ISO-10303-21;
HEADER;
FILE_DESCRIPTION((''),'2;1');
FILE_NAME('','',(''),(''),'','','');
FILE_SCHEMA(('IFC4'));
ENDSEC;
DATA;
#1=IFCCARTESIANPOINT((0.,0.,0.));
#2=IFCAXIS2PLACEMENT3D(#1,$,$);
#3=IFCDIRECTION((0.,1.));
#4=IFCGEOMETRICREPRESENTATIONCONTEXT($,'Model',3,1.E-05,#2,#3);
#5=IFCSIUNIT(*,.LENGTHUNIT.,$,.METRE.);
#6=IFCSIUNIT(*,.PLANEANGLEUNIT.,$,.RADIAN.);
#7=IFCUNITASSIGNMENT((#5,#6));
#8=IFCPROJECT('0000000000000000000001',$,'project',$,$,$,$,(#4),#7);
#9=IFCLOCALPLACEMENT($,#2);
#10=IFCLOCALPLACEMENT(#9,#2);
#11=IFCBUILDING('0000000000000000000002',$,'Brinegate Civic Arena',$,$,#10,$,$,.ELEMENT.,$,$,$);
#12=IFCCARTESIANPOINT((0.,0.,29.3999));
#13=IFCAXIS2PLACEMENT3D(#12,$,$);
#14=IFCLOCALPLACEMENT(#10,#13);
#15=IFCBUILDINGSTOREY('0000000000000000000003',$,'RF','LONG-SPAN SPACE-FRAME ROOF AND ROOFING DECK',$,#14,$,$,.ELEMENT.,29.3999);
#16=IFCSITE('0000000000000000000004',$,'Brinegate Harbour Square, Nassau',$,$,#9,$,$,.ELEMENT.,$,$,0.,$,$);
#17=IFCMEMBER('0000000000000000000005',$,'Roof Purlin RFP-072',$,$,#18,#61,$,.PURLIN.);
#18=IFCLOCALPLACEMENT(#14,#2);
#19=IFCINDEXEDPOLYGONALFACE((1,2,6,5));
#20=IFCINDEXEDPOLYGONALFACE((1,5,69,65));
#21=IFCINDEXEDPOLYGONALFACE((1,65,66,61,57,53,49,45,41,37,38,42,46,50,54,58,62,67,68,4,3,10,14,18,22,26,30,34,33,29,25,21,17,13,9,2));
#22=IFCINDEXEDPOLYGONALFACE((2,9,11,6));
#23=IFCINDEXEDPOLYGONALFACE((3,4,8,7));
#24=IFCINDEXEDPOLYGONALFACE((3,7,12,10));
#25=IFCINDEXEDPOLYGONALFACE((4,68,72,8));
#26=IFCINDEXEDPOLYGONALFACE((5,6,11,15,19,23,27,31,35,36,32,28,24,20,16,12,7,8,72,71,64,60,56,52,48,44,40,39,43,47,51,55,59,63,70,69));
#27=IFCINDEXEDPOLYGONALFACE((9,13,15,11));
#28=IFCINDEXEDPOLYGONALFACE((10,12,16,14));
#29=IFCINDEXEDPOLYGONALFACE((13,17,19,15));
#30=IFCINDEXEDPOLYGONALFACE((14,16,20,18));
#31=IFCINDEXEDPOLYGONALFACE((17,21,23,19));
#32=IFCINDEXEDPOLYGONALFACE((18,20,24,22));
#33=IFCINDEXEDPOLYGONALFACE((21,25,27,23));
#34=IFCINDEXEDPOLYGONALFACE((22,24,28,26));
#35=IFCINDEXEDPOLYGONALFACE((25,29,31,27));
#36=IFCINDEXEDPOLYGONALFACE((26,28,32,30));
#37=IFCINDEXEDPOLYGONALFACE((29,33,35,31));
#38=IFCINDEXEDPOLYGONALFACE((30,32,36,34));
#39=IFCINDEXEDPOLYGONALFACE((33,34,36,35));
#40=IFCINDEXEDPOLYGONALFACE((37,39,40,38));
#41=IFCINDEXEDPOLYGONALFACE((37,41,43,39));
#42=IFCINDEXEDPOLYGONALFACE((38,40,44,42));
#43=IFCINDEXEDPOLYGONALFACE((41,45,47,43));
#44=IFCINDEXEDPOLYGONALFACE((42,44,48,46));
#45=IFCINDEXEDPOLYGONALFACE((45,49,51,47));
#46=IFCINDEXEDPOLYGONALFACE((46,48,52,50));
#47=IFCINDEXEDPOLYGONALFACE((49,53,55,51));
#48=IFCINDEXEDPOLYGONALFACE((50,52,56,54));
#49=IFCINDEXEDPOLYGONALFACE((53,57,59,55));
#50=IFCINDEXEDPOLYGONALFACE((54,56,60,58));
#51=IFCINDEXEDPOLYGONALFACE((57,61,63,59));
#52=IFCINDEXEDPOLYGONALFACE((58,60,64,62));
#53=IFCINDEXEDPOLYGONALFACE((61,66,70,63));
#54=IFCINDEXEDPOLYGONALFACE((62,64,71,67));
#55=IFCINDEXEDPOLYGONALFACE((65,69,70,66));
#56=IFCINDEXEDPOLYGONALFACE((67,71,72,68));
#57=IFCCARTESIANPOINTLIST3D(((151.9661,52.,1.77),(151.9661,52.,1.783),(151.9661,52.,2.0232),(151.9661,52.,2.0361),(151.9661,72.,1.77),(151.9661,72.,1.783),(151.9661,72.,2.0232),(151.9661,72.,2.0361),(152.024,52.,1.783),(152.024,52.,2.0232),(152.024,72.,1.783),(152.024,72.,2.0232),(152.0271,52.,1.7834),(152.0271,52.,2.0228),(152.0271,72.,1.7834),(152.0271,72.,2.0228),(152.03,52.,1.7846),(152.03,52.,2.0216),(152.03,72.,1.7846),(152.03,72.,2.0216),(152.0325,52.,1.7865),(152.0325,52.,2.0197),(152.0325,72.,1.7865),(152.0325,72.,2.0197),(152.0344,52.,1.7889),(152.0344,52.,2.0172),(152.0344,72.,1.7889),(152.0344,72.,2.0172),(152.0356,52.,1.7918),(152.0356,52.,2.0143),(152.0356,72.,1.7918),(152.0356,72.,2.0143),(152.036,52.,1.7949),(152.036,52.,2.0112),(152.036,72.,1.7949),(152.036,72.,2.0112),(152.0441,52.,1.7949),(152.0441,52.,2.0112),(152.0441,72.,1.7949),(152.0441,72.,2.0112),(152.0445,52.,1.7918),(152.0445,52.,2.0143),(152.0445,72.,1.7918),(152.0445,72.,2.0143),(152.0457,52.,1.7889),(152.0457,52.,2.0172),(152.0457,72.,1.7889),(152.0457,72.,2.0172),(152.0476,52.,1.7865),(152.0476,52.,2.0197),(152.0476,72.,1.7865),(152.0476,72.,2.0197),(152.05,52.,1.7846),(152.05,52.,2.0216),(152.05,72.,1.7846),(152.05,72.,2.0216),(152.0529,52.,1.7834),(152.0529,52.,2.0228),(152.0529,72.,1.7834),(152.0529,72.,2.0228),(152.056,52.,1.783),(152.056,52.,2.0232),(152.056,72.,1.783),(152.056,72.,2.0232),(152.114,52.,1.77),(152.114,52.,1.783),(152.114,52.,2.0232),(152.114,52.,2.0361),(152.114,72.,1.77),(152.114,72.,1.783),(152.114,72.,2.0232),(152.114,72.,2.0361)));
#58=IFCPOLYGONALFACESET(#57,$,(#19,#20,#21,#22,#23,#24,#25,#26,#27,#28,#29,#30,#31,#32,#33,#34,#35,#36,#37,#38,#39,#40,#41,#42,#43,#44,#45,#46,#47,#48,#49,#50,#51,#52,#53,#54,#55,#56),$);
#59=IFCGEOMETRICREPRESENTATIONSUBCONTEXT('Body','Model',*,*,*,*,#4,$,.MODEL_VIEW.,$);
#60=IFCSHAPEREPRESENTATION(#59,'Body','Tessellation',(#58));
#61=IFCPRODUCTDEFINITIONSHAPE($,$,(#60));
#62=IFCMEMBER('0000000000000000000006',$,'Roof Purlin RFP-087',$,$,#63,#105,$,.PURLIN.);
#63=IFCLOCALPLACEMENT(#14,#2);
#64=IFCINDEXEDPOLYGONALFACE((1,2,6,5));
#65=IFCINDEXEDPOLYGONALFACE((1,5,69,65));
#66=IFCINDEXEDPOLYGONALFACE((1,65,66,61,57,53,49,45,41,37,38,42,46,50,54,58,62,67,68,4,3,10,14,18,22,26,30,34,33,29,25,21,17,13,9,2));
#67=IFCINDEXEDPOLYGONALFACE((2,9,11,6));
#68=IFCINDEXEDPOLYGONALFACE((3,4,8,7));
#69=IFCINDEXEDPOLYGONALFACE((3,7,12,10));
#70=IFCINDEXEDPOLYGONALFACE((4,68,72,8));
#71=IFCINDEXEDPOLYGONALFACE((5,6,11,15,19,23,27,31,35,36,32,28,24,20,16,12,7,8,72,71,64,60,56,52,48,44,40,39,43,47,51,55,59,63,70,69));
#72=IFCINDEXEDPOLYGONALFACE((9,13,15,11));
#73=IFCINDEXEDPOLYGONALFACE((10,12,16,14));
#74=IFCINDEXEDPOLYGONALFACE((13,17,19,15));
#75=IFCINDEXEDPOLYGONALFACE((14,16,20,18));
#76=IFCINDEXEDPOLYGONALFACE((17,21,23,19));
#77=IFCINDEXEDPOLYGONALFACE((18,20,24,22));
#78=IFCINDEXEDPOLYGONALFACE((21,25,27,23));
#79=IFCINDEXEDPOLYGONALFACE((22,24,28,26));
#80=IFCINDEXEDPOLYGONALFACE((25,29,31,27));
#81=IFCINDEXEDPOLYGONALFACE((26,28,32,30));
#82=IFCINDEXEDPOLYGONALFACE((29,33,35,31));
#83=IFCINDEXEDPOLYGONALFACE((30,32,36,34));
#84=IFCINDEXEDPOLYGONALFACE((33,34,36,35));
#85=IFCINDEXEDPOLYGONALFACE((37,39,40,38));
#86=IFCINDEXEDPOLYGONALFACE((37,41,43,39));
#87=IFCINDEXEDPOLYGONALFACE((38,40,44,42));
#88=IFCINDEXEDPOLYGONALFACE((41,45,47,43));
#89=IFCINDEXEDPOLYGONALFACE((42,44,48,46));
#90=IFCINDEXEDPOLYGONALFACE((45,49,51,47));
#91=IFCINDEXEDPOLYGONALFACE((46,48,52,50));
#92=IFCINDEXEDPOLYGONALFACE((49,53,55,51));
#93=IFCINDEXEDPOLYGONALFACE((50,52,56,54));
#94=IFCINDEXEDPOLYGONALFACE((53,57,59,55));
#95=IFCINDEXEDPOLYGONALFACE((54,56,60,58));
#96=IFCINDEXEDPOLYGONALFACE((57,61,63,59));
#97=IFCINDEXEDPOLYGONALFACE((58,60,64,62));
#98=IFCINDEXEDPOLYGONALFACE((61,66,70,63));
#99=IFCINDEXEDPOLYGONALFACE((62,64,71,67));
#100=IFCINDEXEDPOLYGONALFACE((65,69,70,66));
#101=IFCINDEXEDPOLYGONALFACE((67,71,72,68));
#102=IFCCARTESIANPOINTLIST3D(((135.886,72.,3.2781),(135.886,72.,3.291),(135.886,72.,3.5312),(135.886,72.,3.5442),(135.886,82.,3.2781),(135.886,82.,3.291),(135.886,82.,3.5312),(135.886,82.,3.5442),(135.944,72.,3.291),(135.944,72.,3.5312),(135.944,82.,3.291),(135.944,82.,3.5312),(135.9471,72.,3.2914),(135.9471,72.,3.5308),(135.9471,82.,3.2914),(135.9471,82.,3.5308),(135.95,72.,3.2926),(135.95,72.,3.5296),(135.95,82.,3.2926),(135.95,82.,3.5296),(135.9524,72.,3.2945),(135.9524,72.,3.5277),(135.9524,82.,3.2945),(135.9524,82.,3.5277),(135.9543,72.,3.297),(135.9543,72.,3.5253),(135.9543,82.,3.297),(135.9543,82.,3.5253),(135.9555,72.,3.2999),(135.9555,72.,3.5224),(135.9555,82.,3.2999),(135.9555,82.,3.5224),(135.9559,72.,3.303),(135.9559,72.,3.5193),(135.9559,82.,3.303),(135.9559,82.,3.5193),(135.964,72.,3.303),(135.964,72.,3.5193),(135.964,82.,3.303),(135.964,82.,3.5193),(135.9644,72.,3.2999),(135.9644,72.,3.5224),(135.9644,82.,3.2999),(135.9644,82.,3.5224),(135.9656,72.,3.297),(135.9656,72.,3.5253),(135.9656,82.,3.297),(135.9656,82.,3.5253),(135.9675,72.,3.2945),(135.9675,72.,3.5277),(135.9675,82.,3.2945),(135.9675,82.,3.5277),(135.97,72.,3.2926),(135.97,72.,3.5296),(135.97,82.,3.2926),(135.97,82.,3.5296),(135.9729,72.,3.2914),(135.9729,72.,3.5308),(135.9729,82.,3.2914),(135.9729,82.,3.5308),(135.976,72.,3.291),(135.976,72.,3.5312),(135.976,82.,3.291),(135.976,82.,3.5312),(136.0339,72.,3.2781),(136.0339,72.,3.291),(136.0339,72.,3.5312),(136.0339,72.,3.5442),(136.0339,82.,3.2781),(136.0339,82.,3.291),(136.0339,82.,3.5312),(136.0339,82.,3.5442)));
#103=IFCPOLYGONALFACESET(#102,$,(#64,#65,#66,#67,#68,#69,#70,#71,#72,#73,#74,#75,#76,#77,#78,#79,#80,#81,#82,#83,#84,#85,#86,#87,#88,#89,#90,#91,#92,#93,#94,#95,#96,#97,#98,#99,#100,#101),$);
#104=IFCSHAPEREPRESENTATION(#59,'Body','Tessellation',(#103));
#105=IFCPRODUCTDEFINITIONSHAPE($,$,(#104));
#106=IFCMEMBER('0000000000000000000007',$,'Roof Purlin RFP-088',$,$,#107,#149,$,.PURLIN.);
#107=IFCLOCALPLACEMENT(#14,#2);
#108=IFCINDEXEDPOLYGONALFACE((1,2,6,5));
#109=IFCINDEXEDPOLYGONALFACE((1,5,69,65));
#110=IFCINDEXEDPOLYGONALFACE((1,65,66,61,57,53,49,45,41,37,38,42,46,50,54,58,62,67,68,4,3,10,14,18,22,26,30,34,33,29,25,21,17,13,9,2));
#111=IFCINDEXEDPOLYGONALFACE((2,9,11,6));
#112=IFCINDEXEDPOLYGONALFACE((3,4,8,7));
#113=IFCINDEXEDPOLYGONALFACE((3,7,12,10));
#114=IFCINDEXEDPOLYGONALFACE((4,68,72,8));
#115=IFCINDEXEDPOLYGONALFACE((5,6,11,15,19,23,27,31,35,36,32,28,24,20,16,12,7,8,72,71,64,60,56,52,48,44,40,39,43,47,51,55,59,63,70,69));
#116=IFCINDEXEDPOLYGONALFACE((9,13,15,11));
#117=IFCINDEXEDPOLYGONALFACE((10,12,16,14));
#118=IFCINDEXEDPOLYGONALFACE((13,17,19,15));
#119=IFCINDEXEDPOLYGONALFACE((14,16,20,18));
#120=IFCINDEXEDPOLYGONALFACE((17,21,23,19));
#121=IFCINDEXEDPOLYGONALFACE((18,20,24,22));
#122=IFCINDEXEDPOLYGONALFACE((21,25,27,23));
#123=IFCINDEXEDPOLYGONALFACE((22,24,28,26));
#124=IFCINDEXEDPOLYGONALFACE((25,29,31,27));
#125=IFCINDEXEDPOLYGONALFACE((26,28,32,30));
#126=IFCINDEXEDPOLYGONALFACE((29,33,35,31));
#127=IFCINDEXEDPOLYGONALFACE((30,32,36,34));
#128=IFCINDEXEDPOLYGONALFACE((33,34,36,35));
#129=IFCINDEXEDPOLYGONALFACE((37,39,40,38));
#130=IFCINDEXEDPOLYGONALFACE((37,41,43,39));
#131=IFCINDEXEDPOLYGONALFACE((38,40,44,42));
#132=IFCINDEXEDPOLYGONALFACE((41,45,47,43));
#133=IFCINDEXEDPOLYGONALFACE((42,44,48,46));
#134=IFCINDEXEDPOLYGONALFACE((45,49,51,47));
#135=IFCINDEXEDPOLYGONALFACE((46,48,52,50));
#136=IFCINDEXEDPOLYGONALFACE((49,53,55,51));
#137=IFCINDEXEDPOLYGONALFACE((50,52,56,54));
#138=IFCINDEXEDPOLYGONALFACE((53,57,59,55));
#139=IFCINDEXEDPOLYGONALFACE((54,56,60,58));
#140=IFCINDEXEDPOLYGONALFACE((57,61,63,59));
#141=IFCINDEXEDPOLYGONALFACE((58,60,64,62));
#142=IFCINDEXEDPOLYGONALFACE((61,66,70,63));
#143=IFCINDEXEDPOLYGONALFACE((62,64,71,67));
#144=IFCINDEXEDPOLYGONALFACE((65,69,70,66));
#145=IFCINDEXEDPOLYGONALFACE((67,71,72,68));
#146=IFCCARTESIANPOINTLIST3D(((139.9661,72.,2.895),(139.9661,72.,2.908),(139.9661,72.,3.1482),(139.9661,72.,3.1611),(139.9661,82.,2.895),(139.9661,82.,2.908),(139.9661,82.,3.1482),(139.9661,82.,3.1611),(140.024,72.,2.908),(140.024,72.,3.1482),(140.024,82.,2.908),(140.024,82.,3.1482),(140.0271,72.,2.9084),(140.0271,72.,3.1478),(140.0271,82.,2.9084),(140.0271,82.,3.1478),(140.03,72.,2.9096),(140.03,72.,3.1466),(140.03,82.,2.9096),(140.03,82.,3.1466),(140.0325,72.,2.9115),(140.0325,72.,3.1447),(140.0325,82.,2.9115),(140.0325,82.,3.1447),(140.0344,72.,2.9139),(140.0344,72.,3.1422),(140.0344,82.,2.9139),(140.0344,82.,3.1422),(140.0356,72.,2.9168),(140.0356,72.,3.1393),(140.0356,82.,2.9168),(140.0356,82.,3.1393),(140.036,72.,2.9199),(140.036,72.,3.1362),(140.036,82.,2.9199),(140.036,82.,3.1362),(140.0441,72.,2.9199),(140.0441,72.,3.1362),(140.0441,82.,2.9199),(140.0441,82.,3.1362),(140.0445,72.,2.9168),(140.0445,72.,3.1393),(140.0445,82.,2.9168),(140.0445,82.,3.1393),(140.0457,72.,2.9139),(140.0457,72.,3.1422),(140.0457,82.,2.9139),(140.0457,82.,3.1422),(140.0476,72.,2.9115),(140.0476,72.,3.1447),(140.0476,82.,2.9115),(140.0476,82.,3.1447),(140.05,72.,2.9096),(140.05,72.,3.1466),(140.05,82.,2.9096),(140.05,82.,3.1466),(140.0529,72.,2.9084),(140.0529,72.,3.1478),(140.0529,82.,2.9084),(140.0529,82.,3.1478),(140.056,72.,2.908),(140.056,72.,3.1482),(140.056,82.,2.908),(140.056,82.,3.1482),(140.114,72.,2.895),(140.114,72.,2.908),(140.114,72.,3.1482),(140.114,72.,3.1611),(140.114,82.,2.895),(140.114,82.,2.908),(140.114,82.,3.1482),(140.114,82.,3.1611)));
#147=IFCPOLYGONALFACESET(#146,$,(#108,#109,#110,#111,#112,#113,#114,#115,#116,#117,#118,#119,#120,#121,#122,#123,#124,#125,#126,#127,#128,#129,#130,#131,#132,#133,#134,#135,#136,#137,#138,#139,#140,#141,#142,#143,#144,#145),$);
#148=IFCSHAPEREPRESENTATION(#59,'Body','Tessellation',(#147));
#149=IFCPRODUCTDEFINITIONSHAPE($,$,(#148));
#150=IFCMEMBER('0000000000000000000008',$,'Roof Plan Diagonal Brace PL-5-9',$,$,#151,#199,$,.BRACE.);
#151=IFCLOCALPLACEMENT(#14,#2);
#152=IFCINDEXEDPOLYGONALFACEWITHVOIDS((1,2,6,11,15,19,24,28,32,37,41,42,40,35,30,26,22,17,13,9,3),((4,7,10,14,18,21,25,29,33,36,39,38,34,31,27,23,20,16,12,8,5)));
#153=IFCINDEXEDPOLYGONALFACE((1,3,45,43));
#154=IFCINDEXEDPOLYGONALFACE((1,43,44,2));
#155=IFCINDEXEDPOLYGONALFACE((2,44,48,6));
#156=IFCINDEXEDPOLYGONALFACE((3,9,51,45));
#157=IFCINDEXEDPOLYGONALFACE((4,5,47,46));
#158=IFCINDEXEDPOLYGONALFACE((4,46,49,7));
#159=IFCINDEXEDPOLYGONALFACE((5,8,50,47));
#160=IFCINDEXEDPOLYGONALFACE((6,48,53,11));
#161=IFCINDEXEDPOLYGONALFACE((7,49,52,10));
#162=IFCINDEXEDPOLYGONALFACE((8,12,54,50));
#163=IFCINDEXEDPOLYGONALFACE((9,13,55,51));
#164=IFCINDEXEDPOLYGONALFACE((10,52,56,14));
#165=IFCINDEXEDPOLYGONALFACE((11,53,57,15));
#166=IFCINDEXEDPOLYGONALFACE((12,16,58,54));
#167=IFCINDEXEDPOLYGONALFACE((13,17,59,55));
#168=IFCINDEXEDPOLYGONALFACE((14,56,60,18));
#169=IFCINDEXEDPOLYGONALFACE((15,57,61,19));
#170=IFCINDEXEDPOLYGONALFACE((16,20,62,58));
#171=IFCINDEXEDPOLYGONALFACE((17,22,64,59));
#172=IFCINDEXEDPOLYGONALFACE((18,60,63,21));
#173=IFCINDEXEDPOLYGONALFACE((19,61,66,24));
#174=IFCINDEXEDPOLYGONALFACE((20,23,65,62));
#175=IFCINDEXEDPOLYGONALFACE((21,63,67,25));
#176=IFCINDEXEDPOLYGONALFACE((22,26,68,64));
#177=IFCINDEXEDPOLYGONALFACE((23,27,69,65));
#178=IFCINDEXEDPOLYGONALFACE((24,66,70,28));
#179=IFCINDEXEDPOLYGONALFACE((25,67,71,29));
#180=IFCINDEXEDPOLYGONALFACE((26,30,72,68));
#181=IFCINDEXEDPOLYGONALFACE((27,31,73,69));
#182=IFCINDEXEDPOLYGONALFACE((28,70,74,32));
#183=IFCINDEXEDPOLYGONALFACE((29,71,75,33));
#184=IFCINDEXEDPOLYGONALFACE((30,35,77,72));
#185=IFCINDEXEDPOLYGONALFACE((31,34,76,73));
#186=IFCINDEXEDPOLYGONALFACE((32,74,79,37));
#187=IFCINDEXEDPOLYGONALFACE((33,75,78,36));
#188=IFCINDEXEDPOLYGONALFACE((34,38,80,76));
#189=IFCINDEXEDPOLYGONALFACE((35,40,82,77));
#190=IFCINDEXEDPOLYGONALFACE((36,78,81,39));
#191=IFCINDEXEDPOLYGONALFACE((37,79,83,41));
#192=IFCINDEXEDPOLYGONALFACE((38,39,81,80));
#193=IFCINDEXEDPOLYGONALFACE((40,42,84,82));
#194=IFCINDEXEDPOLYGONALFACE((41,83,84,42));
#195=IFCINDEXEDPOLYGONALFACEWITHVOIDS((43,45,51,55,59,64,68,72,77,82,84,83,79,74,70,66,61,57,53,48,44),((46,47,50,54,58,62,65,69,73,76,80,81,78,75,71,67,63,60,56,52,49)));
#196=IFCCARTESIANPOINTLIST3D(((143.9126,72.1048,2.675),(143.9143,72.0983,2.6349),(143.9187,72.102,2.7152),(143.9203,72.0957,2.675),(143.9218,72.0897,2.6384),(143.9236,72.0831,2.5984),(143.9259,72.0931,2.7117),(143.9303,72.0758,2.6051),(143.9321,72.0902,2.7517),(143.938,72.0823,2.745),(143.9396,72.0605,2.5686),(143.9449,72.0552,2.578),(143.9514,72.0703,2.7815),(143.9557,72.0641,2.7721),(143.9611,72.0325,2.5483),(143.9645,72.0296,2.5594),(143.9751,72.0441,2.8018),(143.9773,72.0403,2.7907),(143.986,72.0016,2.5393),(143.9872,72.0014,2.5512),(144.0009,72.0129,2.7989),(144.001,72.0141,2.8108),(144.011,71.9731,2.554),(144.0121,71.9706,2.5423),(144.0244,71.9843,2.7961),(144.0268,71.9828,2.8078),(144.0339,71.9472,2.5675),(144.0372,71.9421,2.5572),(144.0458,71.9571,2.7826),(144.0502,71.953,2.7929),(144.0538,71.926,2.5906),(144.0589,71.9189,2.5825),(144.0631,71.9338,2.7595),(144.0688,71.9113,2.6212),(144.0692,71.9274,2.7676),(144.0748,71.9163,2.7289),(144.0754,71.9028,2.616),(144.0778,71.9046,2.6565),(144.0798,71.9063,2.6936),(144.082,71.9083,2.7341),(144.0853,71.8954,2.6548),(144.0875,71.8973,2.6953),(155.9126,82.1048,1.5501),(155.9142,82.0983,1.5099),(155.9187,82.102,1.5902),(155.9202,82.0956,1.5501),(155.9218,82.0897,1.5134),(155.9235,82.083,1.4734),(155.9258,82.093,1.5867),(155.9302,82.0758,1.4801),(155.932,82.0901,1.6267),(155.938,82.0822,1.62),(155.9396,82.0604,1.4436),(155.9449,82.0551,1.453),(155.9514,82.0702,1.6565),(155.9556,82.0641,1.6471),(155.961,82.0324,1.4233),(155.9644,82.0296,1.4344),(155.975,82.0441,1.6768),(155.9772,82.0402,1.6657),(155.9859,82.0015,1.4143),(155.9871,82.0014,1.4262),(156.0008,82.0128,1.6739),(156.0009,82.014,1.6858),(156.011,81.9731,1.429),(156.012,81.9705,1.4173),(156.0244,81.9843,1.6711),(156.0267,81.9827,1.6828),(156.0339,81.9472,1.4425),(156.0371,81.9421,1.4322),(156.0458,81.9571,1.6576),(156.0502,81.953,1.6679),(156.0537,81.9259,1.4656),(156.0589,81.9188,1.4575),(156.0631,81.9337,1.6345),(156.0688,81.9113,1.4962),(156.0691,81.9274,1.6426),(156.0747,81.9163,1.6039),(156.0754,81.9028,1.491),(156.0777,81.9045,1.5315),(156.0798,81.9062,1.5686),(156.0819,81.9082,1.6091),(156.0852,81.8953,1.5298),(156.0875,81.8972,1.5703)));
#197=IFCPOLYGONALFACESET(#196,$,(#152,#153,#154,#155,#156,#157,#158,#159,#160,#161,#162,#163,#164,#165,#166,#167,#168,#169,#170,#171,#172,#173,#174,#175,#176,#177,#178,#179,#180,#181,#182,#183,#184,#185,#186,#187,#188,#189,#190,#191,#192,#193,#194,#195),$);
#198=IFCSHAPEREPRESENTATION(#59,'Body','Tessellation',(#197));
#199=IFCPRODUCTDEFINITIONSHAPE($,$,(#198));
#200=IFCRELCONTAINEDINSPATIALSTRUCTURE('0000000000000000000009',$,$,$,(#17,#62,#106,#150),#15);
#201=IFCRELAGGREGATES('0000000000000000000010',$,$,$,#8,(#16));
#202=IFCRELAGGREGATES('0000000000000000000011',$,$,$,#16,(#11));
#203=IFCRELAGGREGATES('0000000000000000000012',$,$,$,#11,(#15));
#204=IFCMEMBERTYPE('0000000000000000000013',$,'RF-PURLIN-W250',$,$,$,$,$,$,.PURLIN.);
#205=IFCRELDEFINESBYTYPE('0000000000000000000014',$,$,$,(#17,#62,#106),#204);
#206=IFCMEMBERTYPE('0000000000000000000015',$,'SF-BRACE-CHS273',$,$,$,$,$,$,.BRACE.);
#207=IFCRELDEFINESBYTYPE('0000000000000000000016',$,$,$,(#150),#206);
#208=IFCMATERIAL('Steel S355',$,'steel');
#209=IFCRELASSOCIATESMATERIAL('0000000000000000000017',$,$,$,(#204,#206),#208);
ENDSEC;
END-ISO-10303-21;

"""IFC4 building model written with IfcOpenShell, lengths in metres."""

from ifc_helpers import new_model, si_unit, direction, frame, origin, origin_2d, place, context, subcontext, project, spatial, hollow_circle, i_section, extrude, material, material_profile, profile_set, type_object, element, save


model = new_model("IFC4")

# Units and contexts
model_context = context("Model", 3, precision=1e-05, world=origin(), true_north=direction((0.0, 1.0)))
body_context = subcontext(model_context, "Body", "Model", "MODEL_VIEW")
ifc_project = project(units=[si_unit("LENGTHUNIT", "METRE"), si_unit("PLANEANGLEUNIT", "RADIAN")], contexts=[model_context])

# Site, building, storey
site_placement = place(None, origin())
site = spatial("IfcSite", under=ifc_project, at=site_placement, Name="Brinegate Harbour Square, Nassau", CompositionType="ELEMENT", RefElevation=0.0)
building_placement = place(site_placement, origin())
building = spatial("IfcBuilding", under=site, at=building_placement, Name="Brinegate Civic Arena", CompositionType="ELEMENT")
storey_placement = place(building_placement, frame((0.0, 0.0, 29.3999)))
storey = spatial("IfcBuildingStorey", under=building, at=storey_placement, Name="RF", Description="LONG-SPAN SPACE-FRAME ROOF AND ROOFING DECK", CompositionType="ELEMENT", Elevation=29.3999)

# Shared definitions
ifc_material_1 = material(Name="Steel S355", Category="steel")

# Members
ifc_material_profile_1 = material_profile(ifc_material_1, i_section(OverallWidth=0.1479, OverallDepth=0.2661, WebThickness=0.0081, FlangeThickness=0.0129, FilletRadius=0.012, at=origin_2d()), Name="W250X45")
ifc_profile_set_1 = profile_set([ifc_material_profile_1], Name="Steel S355")
member_type_1 = type_object("IfcMemberType", Name="RF-PURLIN-W250", PredefinedType="PURLIN", material=ifc_profile_set_1)
for number, where, z_axis, x_axis, name in (
    (1, (152.04, 52.0, 1.9031), (0.0, 1.0, 0.0), (-1.0, 0.0, 0.0), "Roof Purlin RFP-072"),
):
    element("IfcMember", number, at=place(storey_placement, frame(where, z_axis=z_axis, x_axis=x_axis)), inside=storey, type_object=member_type_1, Name=name, PredefinedType="PURLIN", context=body_context, shape_type="SweptSolid", body=[
        extrude(i_section(OverallWidth=0.1479, OverallDepth=0.2661, WebThickness=0.0081, FlangeThickness=0.0129, FilletRadius=0.012, at=origin_2d()), origin(), (0.0, 0.0, 1.0), 20.0),
    ])
for number, where, z_axis, x_axis, name in (
    (2, (135.96, 72.0, 3.4111), (0.0, 1.0, 0.0), (-1.0, 0.0, 0.0), "Roof Purlin RFP-087"),
    (3, (140.04, 72.0, 3.0281), (0.0, 1.0, 0.0), (-1.0, 0.0, 0.0), "Roof Purlin RFP-088"),
):
    element("IfcMember", number, at=place(storey_placement, frame(where, z_axis=z_axis, x_axis=x_axis)), inside=storey, type_object=member_type_1, Name=name, PredefinedType="PURLIN", context=body_context, shape_type="SweptSolid", body=[
        extrude(i_section(OverallWidth=0.1479, OverallDepth=0.2661, WebThickness=0.0081, FlangeThickness=0.0129, FilletRadius=0.012, at=origin_2d()), origin(), (0.0, 0.0, 1.0), 10.0),
    ])
ifc_material_profile_2 = material_profile(ifc_material_1, hollow_circle(Radius=0.1365, WallThickness=0.012, at=origin_2d()), Name="CHS273X12")
ifc_profile_set_2 = profile_set([ifc_material_profile_2], Name="Steel S355")
member_type_2 = type_object("IfcMemberType", Name="SF-BRACE-CHS273", PredefinedType="BRACE", material=ifc_profile_set_2)
member_1_placement = place(storey_placement, frame((144.0, 72.0, 2.675), z_axis=(0.766237, 0.638531, -0.071835), x_axis=(-0.640184, 0.768221, 0.0)))
element("IfcMember", 4, at=member_1_placement, inside=storey, type_object=member_type_2, Name="Roof Plan Diagonal Brace PL-5-9", PredefinedType="BRACE", context=body_context, shape_type="SweptSolid", body=[
    extrude(hollow_circle(Radius=0.1365, WallThickness=0.012, at=origin_2d()), origin(), (0.0, 0.0, 1.0), 15.6609),
])

save(model, "model.ifc")
